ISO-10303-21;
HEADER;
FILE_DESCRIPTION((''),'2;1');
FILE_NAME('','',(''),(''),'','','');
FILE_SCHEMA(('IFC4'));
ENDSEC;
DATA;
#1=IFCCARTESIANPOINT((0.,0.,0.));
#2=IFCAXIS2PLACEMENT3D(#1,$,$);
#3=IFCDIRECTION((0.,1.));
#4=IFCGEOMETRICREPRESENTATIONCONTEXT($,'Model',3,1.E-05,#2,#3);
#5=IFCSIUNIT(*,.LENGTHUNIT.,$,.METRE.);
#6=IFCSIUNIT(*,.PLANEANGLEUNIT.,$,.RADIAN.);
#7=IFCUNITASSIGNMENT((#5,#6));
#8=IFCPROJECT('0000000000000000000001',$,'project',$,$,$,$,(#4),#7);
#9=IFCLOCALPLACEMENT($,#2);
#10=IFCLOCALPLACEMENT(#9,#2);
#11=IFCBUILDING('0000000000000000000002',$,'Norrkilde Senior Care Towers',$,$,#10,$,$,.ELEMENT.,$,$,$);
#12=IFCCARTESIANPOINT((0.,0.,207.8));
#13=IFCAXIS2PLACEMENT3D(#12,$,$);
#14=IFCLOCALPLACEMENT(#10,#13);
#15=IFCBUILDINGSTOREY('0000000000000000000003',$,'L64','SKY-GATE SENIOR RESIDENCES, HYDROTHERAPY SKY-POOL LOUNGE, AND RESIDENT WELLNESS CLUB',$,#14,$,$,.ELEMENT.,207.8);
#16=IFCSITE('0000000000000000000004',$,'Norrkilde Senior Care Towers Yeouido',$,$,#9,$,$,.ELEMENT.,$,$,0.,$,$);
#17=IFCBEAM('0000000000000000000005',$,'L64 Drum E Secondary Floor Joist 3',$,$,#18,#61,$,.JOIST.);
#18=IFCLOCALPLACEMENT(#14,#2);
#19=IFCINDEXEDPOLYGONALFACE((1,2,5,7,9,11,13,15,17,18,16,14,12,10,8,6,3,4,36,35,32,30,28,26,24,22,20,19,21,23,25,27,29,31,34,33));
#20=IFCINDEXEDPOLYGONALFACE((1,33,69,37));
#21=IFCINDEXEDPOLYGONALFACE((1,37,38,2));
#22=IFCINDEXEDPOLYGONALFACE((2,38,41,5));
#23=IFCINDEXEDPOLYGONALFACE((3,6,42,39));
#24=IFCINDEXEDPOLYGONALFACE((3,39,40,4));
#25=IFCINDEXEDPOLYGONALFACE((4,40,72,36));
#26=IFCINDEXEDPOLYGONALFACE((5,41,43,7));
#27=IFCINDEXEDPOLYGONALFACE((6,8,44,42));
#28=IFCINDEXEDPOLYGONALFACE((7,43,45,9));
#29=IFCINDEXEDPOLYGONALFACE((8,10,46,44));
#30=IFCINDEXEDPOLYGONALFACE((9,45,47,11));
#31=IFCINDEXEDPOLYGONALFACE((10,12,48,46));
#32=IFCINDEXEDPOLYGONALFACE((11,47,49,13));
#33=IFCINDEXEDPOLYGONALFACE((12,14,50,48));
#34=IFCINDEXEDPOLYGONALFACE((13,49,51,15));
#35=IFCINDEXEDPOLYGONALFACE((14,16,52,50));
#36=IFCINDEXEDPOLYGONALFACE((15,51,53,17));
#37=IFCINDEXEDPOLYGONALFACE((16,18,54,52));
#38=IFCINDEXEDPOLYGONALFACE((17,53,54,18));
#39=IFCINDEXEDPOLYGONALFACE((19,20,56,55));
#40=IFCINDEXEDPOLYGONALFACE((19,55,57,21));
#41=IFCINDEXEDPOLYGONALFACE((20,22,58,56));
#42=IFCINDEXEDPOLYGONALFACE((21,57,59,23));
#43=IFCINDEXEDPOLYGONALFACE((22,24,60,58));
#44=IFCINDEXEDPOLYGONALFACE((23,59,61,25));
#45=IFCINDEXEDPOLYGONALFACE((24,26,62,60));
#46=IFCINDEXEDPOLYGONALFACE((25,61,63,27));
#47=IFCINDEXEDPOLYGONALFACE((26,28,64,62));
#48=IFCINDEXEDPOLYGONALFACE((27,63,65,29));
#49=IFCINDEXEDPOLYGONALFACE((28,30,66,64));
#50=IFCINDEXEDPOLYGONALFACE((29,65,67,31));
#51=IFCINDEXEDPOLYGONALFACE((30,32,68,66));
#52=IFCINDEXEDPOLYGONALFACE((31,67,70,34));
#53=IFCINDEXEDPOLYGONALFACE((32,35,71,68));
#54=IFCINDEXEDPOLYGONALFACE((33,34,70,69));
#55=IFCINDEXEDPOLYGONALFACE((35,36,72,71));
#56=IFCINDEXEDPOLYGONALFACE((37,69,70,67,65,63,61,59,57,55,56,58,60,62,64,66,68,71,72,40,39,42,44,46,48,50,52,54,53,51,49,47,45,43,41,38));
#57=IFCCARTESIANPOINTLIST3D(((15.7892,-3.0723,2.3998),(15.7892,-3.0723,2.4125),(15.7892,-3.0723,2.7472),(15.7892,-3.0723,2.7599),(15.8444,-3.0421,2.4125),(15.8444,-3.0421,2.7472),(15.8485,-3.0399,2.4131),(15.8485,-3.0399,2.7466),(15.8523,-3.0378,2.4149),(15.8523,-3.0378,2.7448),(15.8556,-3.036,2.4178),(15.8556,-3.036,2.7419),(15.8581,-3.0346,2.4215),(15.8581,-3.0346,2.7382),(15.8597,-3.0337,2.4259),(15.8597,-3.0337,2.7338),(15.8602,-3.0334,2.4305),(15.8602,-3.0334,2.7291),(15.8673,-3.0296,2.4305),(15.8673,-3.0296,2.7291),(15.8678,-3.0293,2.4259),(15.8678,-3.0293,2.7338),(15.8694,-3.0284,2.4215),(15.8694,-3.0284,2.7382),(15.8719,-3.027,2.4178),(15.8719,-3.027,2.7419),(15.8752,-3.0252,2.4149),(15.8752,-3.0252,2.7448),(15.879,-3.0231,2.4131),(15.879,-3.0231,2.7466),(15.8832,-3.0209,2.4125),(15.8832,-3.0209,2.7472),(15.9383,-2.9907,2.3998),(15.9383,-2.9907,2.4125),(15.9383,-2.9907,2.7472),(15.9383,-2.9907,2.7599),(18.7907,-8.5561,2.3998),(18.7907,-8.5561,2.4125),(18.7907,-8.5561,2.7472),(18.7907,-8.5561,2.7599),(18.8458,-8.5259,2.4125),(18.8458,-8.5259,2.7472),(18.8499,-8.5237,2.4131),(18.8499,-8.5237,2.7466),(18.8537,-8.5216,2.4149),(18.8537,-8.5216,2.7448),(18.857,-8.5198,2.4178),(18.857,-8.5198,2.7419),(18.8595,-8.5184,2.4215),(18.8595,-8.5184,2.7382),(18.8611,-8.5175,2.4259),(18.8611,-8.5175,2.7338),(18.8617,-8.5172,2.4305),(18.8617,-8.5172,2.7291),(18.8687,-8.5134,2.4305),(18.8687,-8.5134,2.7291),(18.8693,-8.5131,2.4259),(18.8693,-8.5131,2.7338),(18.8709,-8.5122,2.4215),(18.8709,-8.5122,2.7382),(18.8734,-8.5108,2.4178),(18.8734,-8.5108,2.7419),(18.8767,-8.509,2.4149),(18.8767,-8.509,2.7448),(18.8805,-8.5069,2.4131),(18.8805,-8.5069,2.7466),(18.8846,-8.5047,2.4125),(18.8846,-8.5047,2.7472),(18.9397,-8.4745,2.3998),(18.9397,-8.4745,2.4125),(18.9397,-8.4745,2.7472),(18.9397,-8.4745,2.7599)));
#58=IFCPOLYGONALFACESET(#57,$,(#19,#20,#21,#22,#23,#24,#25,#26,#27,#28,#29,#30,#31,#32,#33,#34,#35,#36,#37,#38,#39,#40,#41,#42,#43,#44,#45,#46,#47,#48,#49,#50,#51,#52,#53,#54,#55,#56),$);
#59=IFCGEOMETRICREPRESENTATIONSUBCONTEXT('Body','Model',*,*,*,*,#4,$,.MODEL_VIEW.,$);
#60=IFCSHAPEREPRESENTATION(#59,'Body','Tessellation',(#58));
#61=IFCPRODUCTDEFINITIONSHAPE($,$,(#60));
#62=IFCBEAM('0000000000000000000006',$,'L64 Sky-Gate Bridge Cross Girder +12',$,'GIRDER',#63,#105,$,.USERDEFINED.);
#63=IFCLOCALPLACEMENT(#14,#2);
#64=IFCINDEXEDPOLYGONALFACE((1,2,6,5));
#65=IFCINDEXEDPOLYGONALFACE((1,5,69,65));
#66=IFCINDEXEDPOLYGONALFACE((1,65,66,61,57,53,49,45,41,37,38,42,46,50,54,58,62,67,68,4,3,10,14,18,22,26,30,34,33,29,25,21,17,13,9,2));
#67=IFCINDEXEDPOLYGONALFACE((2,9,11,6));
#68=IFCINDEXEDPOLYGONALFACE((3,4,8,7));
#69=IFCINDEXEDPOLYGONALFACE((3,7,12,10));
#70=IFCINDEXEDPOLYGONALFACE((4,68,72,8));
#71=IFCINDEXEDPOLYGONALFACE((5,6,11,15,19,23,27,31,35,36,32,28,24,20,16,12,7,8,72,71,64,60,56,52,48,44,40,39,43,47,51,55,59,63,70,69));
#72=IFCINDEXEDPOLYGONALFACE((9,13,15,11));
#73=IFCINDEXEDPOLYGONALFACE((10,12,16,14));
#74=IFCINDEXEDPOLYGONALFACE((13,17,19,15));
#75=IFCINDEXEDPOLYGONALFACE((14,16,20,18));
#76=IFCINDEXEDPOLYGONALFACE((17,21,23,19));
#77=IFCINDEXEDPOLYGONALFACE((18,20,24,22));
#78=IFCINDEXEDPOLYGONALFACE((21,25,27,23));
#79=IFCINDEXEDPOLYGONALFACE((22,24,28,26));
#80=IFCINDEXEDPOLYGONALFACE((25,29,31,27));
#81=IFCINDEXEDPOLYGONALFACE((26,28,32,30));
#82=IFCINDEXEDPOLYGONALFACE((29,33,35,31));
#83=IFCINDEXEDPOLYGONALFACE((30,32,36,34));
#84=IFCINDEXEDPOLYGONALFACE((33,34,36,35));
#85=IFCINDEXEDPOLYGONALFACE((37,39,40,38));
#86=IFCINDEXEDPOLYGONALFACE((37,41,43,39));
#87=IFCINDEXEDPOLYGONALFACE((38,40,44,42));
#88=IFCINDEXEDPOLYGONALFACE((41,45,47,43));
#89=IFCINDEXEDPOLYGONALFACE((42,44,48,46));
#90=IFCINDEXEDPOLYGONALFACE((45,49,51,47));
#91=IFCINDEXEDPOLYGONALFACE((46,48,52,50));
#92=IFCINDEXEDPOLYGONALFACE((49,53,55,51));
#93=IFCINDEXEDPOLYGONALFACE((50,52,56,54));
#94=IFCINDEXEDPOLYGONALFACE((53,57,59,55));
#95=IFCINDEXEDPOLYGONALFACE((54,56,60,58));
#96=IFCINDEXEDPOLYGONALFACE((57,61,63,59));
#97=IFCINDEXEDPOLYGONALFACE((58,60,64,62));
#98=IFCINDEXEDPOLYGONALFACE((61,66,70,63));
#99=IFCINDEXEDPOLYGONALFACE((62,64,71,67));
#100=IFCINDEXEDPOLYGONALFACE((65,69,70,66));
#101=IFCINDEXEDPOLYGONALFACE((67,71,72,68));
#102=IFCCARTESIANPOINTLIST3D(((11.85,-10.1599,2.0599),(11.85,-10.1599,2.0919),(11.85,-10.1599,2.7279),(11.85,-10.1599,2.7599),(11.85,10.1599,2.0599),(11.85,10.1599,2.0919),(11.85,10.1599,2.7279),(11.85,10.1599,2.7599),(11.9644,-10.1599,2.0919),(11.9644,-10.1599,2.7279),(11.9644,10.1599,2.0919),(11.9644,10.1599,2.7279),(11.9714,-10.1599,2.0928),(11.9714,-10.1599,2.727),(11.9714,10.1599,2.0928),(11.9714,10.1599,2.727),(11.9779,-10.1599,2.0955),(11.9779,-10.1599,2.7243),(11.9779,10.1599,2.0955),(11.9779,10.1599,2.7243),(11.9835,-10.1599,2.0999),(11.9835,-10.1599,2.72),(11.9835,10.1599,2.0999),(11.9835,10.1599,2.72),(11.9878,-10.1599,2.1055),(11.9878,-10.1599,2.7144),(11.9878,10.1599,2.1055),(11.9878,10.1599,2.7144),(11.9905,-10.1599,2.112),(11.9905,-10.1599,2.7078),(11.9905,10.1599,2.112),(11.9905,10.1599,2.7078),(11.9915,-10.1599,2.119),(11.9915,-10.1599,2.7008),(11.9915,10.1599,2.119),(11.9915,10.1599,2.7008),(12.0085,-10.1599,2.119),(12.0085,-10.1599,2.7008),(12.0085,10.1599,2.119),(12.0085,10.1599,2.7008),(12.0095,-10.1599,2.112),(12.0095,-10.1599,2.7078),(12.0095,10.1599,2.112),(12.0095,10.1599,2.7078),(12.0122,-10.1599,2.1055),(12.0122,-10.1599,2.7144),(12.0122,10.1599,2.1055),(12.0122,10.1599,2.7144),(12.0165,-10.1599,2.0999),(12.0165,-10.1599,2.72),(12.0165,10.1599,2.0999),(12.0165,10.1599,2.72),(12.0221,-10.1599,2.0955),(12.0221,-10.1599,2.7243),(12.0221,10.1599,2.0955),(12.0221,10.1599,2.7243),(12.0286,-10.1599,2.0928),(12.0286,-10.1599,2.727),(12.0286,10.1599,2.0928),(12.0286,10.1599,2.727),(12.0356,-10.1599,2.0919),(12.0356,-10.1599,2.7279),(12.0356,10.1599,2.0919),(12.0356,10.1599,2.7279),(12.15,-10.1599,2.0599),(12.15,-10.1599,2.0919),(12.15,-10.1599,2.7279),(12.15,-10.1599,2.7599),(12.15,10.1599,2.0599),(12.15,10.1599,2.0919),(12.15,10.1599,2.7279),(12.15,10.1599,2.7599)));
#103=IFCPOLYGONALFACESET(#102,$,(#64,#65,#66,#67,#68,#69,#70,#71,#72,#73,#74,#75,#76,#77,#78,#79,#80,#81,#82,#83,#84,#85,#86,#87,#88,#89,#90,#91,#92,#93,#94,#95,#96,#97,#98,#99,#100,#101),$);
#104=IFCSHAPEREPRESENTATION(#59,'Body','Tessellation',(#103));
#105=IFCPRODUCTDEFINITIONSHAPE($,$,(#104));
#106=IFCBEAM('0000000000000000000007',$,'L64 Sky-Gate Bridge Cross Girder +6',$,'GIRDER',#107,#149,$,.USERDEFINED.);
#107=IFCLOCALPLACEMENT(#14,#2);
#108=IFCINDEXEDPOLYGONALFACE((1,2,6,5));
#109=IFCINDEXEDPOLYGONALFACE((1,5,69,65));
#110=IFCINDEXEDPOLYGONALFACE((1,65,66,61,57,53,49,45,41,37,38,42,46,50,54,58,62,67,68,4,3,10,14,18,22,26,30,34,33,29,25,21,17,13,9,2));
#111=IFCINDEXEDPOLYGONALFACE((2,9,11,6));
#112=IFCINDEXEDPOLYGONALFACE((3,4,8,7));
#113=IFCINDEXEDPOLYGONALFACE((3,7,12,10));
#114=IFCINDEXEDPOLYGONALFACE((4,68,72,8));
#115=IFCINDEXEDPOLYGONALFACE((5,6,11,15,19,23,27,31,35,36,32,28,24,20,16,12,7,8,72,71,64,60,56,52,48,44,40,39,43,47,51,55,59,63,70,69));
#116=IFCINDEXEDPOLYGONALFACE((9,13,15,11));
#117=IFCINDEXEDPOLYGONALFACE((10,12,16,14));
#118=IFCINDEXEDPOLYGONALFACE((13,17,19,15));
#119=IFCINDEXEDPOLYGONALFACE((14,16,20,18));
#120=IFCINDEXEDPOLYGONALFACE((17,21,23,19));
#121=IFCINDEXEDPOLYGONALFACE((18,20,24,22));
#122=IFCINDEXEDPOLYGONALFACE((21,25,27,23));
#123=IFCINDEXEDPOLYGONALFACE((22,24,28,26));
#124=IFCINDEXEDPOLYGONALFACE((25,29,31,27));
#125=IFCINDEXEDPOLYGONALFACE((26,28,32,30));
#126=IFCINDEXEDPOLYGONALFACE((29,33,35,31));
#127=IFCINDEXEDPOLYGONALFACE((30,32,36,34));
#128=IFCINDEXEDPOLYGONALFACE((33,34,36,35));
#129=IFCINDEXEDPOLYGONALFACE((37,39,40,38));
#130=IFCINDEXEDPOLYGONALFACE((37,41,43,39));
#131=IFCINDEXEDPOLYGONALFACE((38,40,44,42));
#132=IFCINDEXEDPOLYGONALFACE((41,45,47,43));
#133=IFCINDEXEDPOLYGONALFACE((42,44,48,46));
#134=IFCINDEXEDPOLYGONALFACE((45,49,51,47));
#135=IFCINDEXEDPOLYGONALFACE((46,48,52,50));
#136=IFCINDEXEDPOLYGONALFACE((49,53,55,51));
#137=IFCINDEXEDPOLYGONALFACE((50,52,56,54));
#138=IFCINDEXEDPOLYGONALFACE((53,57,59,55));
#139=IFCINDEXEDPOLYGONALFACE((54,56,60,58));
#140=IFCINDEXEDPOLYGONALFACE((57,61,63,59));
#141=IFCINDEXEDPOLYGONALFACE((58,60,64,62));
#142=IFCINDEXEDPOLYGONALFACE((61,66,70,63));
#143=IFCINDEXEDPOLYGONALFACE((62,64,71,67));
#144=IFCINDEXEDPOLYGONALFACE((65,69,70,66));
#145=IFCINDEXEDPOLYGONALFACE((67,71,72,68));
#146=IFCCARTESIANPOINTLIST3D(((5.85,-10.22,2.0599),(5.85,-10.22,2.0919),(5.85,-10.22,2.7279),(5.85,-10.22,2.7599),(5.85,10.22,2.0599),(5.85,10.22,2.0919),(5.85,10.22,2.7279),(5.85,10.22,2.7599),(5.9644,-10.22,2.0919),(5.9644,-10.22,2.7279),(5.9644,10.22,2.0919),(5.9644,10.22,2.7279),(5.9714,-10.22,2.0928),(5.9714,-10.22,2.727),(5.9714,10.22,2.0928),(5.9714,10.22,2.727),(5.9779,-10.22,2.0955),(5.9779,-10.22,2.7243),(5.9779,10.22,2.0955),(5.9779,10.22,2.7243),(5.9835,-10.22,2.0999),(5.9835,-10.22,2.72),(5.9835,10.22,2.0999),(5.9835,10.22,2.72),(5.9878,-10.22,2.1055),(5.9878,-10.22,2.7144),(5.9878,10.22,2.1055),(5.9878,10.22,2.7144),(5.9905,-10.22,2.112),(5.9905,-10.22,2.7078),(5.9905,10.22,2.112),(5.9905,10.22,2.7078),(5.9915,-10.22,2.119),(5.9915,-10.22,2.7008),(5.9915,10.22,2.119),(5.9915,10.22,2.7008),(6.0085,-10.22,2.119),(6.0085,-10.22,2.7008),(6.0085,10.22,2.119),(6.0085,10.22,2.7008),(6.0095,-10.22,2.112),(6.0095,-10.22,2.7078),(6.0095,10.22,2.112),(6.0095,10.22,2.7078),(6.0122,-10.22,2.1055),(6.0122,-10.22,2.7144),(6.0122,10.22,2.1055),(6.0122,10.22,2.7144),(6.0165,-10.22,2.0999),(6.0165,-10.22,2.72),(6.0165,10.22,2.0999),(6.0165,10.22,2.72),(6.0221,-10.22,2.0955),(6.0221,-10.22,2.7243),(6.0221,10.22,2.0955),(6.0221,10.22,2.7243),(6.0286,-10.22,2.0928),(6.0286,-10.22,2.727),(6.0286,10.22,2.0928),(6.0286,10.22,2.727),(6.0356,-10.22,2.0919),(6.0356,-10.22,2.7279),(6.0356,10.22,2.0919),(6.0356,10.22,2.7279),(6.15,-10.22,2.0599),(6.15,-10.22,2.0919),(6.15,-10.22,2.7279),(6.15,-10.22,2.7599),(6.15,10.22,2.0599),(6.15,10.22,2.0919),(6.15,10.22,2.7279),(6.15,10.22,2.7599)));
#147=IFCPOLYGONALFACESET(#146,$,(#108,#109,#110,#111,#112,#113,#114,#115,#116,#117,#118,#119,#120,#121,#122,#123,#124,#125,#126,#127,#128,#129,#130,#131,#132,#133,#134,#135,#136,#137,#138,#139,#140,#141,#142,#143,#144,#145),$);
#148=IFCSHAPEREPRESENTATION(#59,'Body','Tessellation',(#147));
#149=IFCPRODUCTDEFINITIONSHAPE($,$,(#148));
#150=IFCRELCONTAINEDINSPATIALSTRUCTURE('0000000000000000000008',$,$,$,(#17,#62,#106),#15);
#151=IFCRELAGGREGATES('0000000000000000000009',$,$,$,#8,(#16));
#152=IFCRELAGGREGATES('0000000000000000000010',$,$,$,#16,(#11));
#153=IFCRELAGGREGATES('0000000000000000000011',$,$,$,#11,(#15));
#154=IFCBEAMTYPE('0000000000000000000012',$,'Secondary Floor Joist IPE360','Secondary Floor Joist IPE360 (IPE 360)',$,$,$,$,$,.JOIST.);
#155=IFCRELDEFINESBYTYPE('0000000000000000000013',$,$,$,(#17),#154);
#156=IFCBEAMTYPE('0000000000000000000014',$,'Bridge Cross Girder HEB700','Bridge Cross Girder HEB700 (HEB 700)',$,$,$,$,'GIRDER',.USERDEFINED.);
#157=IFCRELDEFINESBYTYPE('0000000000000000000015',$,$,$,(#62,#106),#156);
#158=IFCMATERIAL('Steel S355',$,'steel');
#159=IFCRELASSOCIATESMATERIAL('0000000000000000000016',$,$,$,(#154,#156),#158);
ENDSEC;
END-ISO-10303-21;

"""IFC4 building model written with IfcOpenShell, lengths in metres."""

from ifc_helpers import new_model, si_unit, direction, frame, origin, origin_2d, place, context, subcontext, project, spatial, i_section, extrude, source, transform, mapped, material, material_profile, profile_set, type_object, type_shapes, element, save


model = new_model("IFC4")

# Units and contexts
model_context = context("Model", 3, precision=1e-05, world=origin(), true_north=direction((0.0, 1.0)))
body_context = subcontext(model_context, "Body", "Model", "MODEL_VIEW")
ifc_project = project(units=[si_unit("LENGTHUNIT", "METRE"), si_unit("PLANEANGLEUNIT", "RADIAN")], contexts=[model_context])

# Site, building, storey
site_placement = place(None, origin())
site = spatial("IfcSite", under=ifc_project, at=site_placement, Name="Norrkilde Senior Care Towers Yeouido", CompositionType="ELEMENT", RefElevation=0.0)
building_placement = place(site_placement, origin())
building = spatial("IfcBuilding", under=site, at=building_placement, Name="Norrkilde Senior Care Towers", CompositionType="ELEMENT")
storey_placement = place(building_placement, frame((0.0, 0.0, 207.8)))
storey = spatial("IfcBuildingStorey", under=building, at=storey_placement, Name="L64", Description="SKY-GATE SENIOR RESIDENCES, HYDROTHERAPY SKY-POOL LOUNGE, AND RESIDENT WELLNESS CLUB", CompositionType="ELEMENT", Elevation=207.8)

# Shared definitions
ifc_material_1 = material(Name="Steel S355", Category="steel")

# Beams
ifc_material_profile_1 = material_profile(ifc_material_1, i_section(OverallWidth=0.1699, OverallDepth=0.3601, WebThickness=0.0081, FlangeThickness=0.0127, FilletRadius=0.0181, at=origin_2d()), Name="IPE 360")
ifc_profile_set_1 = profile_set([ifc_material_profile_1], Name="Steel S355")
beam_type_1 = type_object("IfcBeamType", Name="Secondary Floor Joist IPE360", Description="Secondary Floor Joist IPE360 (IPE 360)", PredefinedType="JOIST", material=ifc_profile_set_1)
shared_shape_1 = source(origin(), body_context, "Body", "SweptSolid", [
    extrude(i_section(OverallWidth=0.1699, OverallDepth=0.3601, WebThickness=0.0081, FlangeThickness=0.0127, FilletRadius=0.0181, at=origin_2d()), origin(), (0.0, 0.0, 1.0), 6.2515),
])
type_shapes(beam_type_1, [shared_shape_1])
beam_1_placement = place(storey_placement, frame((15.8638, -3.0315, 2.5798), z_axis=(0.480116, -0.877205, 0.0), x_axis=(0.877205, 0.480116, 0.0)))
element("IfcBeam", 1, at=beam_1_placement, inside=storey, type_object=beam_type_1, Name="L64 Drum E Secondary Floor Joist 3", PredefinedType="JOIST", context=body_context, shape_type="MappedRepresentation", body=[
    mapped(shared_shape_1, transform((0.0, 0.0, 0.0), x_axis=(1.0, 0.0, 0.0), y_axis=(0.0, 1.0, 0.0), z_axis=(0.0, 0.0, 1.0), scale=1.0)),
])
ifc_material_profile_2 = material_profile(ifc_material_1, i_section(OverallWidth=0.3, OverallDepth=0.7, WebThickness=0.0171, FlangeThickness=0.032, FilletRadius=0.0271, at=origin_2d()), Name="HEB 700")
ifc_profile_set_2 = profile_set([ifc_material_profile_2], Name="Steel S355")
beam_type_2 = type_object("IfcBeamType", Name="Bridge Cross Girder HEB700", Description="Bridge Cross Girder HEB700 (HEB 700)", ElementType="GIRDER", PredefinedType="USERDEFINED", material=ifc_profile_set_2)
shared_shape_2 = source(origin(), body_context, "Body", "SweptSolid", [
    extrude(i_section(OverallWidth=0.3, OverallDepth=0.7, WebThickness=0.0171, FlangeThickness=0.032, FilletRadius=0.0271, at=origin_2d()), origin(), (0.0, 0.0, 1.0), 20.3198),
])
beam_2_placement = place(storey_placement, frame((12.0, -10.1599, 2.4099), z_axis=(0.0, 1.0, 0.0), x_axis=(-1.0, 0.0, 0.0)))
element("IfcBeam", 2, at=beam_2_placement, inside=storey, type_object=beam_type_2, Name="L64 Sky-Gate Bridge Cross Girder +12", ObjectType="GIRDER", PredefinedType="USERDEFINED", context=body_context, shape_type="MappedRepresentation", body=[
    mapped(shared_shape_2, transform((0.0, 0.0, 0.0), x_axis=(1.0, 0.0, 0.0), y_axis=(0.0, 1.0, 0.0), z_axis=(0.0, 0.0, 1.0), scale=1.0)),
])
shared_shape_3 = source(origin(), body_context, "Body", "SweptSolid", [
    extrude(i_section(OverallWidth=0.3, OverallDepth=0.7, WebThickness=0.0171, FlangeThickness=0.032, FilletRadius=0.0271, at=origin_2d()), origin(), (0.0, 0.0, 1.0), 20.4399),
])
type_shapes(beam_type_2, [shared_shape_2, shared_shape_3])
beam_3_placement = place(storey_placement, frame((6.0, -10.22, 2.4099), z_axis=(0.0, 1.0, 0.0), x_axis=(-1.0, 0.0, 0.0)))
element("IfcBeam", 3, at=beam_3_placement, inside=storey, type_object=beam_type_2, Name="L64 Sky-Gate Bridge Cross Girder +6", ObjectType="GIRDER", PredefinedType="USERDEFINED", context=body_context, shape_type="MappedRepresentation", body=[
    mapped(shared_shape_3, transform((0.0, 0.0, 0.0), x_axis=(1.0, 0.0, 0.0), y_axis=(0.0, 1.0, 0.0), z_axis=(0.0, 0.0, 1.0), scale=1.0)),
])

save(model, "model.ifc")
